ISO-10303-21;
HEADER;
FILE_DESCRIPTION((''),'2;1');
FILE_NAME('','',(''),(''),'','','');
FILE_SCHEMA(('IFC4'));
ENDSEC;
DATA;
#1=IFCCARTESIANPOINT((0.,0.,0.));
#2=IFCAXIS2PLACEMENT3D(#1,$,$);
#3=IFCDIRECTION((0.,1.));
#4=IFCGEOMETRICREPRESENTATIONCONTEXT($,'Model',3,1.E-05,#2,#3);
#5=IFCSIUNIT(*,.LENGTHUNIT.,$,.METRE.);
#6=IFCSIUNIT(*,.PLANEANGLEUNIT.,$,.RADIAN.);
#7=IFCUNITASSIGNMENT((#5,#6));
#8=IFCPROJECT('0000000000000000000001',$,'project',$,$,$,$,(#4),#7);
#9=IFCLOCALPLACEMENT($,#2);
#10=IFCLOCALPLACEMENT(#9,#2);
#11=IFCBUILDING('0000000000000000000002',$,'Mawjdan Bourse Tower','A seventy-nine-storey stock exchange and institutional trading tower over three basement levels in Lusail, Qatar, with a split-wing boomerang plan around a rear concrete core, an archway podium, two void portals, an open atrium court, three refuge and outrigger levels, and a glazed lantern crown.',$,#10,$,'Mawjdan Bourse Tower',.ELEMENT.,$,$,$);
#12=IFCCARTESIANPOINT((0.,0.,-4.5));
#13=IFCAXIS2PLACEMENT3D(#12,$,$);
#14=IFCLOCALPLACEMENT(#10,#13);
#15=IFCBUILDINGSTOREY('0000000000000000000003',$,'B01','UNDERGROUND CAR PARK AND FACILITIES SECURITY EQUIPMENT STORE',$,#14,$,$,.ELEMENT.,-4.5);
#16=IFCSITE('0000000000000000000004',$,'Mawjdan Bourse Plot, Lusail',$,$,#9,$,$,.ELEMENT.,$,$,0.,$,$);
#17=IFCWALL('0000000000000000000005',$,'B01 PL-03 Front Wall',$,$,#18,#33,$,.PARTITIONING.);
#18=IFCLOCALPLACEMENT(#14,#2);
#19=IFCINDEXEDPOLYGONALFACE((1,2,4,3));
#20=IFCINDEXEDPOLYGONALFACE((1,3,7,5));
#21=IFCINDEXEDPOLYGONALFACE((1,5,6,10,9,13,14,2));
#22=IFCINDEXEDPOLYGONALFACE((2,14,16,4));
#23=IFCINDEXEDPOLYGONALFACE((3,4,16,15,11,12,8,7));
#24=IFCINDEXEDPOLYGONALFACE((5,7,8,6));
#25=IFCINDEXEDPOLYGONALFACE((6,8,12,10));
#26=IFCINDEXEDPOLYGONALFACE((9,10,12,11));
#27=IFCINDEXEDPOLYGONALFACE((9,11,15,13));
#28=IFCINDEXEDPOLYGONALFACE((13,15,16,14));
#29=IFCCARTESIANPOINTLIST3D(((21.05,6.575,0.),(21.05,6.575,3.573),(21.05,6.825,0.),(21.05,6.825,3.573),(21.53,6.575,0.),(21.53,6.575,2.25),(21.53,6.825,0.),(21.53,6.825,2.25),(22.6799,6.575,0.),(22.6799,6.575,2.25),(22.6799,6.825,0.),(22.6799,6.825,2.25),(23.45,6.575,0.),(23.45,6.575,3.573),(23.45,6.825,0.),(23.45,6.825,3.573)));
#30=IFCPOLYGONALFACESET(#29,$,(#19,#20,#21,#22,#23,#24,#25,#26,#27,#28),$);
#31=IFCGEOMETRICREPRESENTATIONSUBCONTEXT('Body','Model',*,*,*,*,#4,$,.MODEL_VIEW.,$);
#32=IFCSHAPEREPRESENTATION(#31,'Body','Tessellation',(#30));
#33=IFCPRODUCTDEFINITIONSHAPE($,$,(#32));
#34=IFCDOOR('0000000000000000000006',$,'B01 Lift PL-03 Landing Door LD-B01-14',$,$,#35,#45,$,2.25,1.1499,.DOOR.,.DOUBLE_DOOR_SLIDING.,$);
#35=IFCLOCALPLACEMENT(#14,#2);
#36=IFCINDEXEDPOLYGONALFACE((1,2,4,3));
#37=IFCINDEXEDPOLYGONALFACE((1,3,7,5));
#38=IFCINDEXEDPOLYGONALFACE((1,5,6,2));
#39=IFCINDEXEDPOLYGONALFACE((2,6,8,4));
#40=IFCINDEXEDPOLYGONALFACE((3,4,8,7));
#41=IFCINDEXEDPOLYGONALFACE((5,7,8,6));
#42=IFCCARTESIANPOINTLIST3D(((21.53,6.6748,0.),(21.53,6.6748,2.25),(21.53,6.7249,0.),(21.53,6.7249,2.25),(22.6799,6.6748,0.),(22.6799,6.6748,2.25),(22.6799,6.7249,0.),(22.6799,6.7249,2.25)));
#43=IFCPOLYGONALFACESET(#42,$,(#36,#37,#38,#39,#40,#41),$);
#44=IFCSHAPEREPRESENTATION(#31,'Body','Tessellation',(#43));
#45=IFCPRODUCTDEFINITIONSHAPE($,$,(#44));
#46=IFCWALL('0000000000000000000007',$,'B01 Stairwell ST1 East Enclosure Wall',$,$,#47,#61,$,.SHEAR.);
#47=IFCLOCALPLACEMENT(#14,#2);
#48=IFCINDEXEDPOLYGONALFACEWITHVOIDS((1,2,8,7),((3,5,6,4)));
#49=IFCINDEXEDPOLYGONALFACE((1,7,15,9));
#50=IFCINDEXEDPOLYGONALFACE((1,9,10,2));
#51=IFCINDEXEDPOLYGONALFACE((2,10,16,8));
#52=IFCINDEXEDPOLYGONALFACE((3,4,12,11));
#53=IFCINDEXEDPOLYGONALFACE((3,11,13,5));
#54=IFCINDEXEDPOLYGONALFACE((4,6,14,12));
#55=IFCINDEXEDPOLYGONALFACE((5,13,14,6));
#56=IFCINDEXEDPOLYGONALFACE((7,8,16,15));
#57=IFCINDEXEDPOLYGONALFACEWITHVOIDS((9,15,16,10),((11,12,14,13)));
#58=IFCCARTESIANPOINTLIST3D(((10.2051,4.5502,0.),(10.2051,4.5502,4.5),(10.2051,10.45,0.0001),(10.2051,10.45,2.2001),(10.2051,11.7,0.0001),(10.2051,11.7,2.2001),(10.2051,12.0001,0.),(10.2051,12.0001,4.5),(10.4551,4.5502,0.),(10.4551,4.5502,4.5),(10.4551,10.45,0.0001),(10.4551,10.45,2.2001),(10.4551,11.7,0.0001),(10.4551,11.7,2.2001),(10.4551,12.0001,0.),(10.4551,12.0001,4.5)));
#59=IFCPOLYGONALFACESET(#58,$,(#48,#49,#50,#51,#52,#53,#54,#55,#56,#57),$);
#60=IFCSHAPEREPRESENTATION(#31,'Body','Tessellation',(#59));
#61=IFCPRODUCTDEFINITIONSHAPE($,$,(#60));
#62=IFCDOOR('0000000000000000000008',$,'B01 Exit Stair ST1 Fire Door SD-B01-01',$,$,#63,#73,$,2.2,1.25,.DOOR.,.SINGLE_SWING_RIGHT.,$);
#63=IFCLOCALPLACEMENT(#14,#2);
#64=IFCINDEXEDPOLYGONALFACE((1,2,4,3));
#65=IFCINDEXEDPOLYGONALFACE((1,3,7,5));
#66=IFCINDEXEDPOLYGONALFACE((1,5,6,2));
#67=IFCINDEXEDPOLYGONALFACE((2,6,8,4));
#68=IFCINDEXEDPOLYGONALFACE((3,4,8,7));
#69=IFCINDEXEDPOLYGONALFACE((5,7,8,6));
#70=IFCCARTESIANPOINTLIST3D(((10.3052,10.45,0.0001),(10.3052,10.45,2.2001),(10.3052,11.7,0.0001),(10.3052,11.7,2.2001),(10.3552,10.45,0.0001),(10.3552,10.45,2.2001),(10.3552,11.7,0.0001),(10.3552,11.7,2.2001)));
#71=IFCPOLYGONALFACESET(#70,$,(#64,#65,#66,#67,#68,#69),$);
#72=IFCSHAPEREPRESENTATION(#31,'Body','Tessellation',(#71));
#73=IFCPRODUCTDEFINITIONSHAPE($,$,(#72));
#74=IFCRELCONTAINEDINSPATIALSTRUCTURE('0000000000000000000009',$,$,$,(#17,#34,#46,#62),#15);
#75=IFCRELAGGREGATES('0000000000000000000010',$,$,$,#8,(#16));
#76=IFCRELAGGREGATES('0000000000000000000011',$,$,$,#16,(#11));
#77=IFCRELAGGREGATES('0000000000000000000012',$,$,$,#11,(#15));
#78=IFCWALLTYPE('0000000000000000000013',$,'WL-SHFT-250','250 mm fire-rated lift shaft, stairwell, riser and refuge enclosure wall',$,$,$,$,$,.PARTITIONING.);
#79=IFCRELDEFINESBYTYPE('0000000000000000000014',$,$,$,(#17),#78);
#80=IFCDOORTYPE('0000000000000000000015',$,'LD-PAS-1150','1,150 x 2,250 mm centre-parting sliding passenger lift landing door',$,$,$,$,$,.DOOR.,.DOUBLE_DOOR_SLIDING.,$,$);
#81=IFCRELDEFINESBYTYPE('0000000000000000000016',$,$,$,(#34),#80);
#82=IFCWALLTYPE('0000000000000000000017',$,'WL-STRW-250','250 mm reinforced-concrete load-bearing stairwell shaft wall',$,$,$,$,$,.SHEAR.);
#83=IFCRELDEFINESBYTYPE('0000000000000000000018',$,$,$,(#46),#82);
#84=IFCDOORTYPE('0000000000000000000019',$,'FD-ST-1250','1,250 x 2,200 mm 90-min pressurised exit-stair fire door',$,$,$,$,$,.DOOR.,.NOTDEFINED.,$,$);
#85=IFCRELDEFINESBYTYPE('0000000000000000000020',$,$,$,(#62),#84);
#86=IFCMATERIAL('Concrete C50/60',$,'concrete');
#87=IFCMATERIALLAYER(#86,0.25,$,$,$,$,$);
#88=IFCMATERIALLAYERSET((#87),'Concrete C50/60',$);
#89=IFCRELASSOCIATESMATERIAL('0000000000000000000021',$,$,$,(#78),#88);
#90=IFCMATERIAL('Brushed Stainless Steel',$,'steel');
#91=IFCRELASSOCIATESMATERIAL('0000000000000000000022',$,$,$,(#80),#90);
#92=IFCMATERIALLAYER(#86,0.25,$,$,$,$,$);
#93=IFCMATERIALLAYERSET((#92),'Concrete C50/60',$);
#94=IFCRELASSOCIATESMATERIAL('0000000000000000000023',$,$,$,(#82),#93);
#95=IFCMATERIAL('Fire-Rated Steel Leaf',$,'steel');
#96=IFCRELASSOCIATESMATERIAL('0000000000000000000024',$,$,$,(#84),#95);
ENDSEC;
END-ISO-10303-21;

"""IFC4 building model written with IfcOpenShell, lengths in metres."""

from ifc_helpers import new_model, si_unit, direction, frame, frame_2d, origin, place, context, subcontext, project, spatial, rectangle, extrude, material, layer, layer_set, type_object, element, fill, save


model = new_model("IFC4")

# Units and contexts
model_context = context("Model", 3, precision=1e-05, world=origin(), true_north=direction((0.0, 1.0)))
body_context = subcontext(model_context, "Body", "Model", "MODEL_VIEW")
ifc_project = project(units=[si_unit("LENGTHUNIT", "METRE"), si_unit("PLANEANGLEUNIT", "RADIAN")], contexts=[model_context])

# Site, building, storey
site_placement = place(None, origin())
site = spatial("IfcSite", under=ifc_project, at=site_placement, Name="Mawjdan Bourse Plot, Lusail", CompositionType="ELEMENT", RefElevation=0.0)
building_placement = place(site_placement, origin())
building = spatial("IfcBuilding", under=site, at=building_placement, Name="Mawjdan Bourse Tower", Description="A seventy-nine-storey stock exchange and institutional trading tower over three basement levels in Lusail, Qatar, with a split-wing boomerang plan around a rear concrete core, an archway podium, two void portals, an open atrium court, three refuge and outrigger levels, and a glazed lantern crown.", LongName="Mawjdan Bourse Tower", CompositionType="ELEMENT")
storey_placement = place(building_placement, frame((0.0, 0.0, -4.5)))
storey = spatial("IfcBuildingStorey", under=building, at=storey_placement, Name="B01", Description="UNDERGROUND CAR PARK AND FACILITIES SECURITY EQUIPMENT STORE", CompositionType="ELEMENT", Elevation=-4.5)

# Shared definitions
ifc_material_1 = material(Name="Concrete C50/60", Category="concrete")
ifc_layer_1 = layer(ifc_material_1, 0.25)
ifc_layer_set_1 = layer_set([ifc_layer_1], Name="Concrete C50/60")
wall_type_1 = type_object("IfcWallType", Name="WL-SHFT-250", Description="250 mm fire-rated lift shaft, stairwell, riser and refuge enclosure wall", PredefinedType="PARTITIONING", material=ifc_layer_set_1)

# Shared definitions
ifc_material_2 = material(Name="Brushed Stainless Steel", Category="steel")

# Shared definitions
ifc_material_3 = material(Name="Fire-Rated Steel Leaf", Category="steel")

# Shared definitions
door_type_1 = type_object("IfcDoorType", Name="LD-PAS-1150", Description="1,150 x 2,250 mm centre-parting sliding passenger lift landing door", OperationType="DOUBLE_DOOR_SLIDING", PredefinedType="DOOR", material=ifc_material_2)

# Walls, openings, doors
wall_1_placement = place(storey_placement, frame((21.05, 6.7, 0.0), z_axis=(0.0, 0.0, 1.0), x_axis=(1.0, 0.0, 0.0)))
wall_1 = element("IfcWall", 1, at=wall_1_placement, inside=storey, type_object=wall_type_1, Name="B01 PL-03 Front Wall", PredefinedType="PARTITIONING", context=body_context, shape_type="SweptSolid", body=[
    extrude(rectangle(XDim=2.3999, YDim=0.25, at=frame_2d((1.2, 0.0))), origin(), (0.0, 0.0, 1.0), 3.573),
])
opening_1_placement = place(wall_1_placement, frame((0.48, 0.0, 0.0)))
opening_1 = element("IfcOpeningElement", 2, at=opening_1_placement, cuts=wall_1, PredefinedType="OPENING", context=body_context, shape_type="SweptSolid", body=[
    extrude(rectangle(XDim=1.1499, YDim=2.25, at=frame_2d((0.575, 1.125))), frame((0.0, 0.135, 0.0), z_axis=(0.0, -1.0, 0.0), x_axis=(1.0, 0.0, 0.0)), (0.0, 0.0, 1.0), 0.27),
])
door_1_placement = place(opening_1_placement, origin())
door_1 = element("IfcDoor", 3, at=door_1_placement, inside=storey, type_object=door_type_1, Name="B01 Lift PL-03 Landing Door LD-B01-14", OperationType="DOUBLE_DOOR_SLIDING", OverallHeight=2.25, OverallWidth=1.1499, PredefinedType="DOOR", context=body_context, shape_type="SweptSolid", body=[
    extrude(rectangle(XDim=1.1499, YDim=2.25, at=frame_2d((0.575, 1.125))), frame((0.0, 0.0249, 0.0), z_axis=(0.0, -1.0, 0.0), x_axis=(1.0, 0.0, 0.0)), (0.0, 0.0, 1.0), 0.05),
])
fill(opening_1, door_1)
ifc_layer_2 = layer(ifc_material_1, 0.25)
ifc_layer_set_2 = layer_set([ifc_layer_2], Name="Concrete C50/60")
wall_type_2 = type_object("IfcWallType", Name="WL-STRW-250", Description="250 mm reinforced-concrete load-bearing stairwell shaft wall", PredefinedType="SHEAR", material=ifc_layer_set_2)
wall_2_placement = place(storey_placement, frame((10.3301, 4.55, 0.0), z_axis=(0.0, 0.0, 1.0), x_axis=(0.0, 1.0, 0.0)))
wall_2 = element("IfcWall", 4, at=wall_2_placement, inside=storey, type_object=wall_type_2, Name="B01 Stairwell ST1 East Enclosure Wall", PredefinedType="SHEAR", context=body_context, shape_type="SweptSolid", body=[
    extrude(rectangle(XDim=7.45, YDim=0.25, at=frame_2d((3.7251, 0.0))), origin(), (0.0, 0.0, 1.0), 4.5),
])
opening_2_placement = place(wall_2_placement, frame((5.8999, 0.0, 0.0)))
opening_2 = element("IfcOpeningElement", 5, at=opening_2_placement, cuts=wall_2, PredefinedType="OPENING", context=body_context, shape_type="SweptSolid", body=[
    extrude(rectangle(XDim=1.25, YDim=2.2, at=frame_2d((0.625, 1.1001))), frame((0.0, 0.135, 0.0), z_axis=(0.0, -1.0, 0.0), x_axis=(1.0, 0.0, 0.0)), (0.0, 0.0, 1.0), 0.27),
])
door_type_2 = type_object("IfcDoorType", Name="FD-ST-1250", Description="1,250 x 2,200 mm 90-min pressurised exit-stair fire door", OperationType="NOTDEFINED", PredefinedType="DOOR", material=ifc_material_3)
door_2_placement = place(opening_2_placement, origin())
door_2 = element("IfcDoor", 6, at=door_2_placement, inside=storey, type_object=door_type_2, Name="B01 Exit Stair ST1 Fire Door SD-B01-01", OperationType="SINGLE_SWING_RIGHT", OverallHeight=2.2, OverallWidth=1.25, PredefinedType="DOOR", context=body_context, shape_type="SweptSolid", body=[
    extrude(rectangle(XDim=1.25, YDim=2.2, at=frame_2d((0.625, 1.1001))), frame((0.0, 0.0249, 0.0), z_axis=(0.0, -1.0, 0.0), x_axis=(1.0, 0.0, 0.0)), (0.0, 0.0, 1.0), 0.05),
])
fill(opening_2, door_2)

save(model, "model.ifc")
